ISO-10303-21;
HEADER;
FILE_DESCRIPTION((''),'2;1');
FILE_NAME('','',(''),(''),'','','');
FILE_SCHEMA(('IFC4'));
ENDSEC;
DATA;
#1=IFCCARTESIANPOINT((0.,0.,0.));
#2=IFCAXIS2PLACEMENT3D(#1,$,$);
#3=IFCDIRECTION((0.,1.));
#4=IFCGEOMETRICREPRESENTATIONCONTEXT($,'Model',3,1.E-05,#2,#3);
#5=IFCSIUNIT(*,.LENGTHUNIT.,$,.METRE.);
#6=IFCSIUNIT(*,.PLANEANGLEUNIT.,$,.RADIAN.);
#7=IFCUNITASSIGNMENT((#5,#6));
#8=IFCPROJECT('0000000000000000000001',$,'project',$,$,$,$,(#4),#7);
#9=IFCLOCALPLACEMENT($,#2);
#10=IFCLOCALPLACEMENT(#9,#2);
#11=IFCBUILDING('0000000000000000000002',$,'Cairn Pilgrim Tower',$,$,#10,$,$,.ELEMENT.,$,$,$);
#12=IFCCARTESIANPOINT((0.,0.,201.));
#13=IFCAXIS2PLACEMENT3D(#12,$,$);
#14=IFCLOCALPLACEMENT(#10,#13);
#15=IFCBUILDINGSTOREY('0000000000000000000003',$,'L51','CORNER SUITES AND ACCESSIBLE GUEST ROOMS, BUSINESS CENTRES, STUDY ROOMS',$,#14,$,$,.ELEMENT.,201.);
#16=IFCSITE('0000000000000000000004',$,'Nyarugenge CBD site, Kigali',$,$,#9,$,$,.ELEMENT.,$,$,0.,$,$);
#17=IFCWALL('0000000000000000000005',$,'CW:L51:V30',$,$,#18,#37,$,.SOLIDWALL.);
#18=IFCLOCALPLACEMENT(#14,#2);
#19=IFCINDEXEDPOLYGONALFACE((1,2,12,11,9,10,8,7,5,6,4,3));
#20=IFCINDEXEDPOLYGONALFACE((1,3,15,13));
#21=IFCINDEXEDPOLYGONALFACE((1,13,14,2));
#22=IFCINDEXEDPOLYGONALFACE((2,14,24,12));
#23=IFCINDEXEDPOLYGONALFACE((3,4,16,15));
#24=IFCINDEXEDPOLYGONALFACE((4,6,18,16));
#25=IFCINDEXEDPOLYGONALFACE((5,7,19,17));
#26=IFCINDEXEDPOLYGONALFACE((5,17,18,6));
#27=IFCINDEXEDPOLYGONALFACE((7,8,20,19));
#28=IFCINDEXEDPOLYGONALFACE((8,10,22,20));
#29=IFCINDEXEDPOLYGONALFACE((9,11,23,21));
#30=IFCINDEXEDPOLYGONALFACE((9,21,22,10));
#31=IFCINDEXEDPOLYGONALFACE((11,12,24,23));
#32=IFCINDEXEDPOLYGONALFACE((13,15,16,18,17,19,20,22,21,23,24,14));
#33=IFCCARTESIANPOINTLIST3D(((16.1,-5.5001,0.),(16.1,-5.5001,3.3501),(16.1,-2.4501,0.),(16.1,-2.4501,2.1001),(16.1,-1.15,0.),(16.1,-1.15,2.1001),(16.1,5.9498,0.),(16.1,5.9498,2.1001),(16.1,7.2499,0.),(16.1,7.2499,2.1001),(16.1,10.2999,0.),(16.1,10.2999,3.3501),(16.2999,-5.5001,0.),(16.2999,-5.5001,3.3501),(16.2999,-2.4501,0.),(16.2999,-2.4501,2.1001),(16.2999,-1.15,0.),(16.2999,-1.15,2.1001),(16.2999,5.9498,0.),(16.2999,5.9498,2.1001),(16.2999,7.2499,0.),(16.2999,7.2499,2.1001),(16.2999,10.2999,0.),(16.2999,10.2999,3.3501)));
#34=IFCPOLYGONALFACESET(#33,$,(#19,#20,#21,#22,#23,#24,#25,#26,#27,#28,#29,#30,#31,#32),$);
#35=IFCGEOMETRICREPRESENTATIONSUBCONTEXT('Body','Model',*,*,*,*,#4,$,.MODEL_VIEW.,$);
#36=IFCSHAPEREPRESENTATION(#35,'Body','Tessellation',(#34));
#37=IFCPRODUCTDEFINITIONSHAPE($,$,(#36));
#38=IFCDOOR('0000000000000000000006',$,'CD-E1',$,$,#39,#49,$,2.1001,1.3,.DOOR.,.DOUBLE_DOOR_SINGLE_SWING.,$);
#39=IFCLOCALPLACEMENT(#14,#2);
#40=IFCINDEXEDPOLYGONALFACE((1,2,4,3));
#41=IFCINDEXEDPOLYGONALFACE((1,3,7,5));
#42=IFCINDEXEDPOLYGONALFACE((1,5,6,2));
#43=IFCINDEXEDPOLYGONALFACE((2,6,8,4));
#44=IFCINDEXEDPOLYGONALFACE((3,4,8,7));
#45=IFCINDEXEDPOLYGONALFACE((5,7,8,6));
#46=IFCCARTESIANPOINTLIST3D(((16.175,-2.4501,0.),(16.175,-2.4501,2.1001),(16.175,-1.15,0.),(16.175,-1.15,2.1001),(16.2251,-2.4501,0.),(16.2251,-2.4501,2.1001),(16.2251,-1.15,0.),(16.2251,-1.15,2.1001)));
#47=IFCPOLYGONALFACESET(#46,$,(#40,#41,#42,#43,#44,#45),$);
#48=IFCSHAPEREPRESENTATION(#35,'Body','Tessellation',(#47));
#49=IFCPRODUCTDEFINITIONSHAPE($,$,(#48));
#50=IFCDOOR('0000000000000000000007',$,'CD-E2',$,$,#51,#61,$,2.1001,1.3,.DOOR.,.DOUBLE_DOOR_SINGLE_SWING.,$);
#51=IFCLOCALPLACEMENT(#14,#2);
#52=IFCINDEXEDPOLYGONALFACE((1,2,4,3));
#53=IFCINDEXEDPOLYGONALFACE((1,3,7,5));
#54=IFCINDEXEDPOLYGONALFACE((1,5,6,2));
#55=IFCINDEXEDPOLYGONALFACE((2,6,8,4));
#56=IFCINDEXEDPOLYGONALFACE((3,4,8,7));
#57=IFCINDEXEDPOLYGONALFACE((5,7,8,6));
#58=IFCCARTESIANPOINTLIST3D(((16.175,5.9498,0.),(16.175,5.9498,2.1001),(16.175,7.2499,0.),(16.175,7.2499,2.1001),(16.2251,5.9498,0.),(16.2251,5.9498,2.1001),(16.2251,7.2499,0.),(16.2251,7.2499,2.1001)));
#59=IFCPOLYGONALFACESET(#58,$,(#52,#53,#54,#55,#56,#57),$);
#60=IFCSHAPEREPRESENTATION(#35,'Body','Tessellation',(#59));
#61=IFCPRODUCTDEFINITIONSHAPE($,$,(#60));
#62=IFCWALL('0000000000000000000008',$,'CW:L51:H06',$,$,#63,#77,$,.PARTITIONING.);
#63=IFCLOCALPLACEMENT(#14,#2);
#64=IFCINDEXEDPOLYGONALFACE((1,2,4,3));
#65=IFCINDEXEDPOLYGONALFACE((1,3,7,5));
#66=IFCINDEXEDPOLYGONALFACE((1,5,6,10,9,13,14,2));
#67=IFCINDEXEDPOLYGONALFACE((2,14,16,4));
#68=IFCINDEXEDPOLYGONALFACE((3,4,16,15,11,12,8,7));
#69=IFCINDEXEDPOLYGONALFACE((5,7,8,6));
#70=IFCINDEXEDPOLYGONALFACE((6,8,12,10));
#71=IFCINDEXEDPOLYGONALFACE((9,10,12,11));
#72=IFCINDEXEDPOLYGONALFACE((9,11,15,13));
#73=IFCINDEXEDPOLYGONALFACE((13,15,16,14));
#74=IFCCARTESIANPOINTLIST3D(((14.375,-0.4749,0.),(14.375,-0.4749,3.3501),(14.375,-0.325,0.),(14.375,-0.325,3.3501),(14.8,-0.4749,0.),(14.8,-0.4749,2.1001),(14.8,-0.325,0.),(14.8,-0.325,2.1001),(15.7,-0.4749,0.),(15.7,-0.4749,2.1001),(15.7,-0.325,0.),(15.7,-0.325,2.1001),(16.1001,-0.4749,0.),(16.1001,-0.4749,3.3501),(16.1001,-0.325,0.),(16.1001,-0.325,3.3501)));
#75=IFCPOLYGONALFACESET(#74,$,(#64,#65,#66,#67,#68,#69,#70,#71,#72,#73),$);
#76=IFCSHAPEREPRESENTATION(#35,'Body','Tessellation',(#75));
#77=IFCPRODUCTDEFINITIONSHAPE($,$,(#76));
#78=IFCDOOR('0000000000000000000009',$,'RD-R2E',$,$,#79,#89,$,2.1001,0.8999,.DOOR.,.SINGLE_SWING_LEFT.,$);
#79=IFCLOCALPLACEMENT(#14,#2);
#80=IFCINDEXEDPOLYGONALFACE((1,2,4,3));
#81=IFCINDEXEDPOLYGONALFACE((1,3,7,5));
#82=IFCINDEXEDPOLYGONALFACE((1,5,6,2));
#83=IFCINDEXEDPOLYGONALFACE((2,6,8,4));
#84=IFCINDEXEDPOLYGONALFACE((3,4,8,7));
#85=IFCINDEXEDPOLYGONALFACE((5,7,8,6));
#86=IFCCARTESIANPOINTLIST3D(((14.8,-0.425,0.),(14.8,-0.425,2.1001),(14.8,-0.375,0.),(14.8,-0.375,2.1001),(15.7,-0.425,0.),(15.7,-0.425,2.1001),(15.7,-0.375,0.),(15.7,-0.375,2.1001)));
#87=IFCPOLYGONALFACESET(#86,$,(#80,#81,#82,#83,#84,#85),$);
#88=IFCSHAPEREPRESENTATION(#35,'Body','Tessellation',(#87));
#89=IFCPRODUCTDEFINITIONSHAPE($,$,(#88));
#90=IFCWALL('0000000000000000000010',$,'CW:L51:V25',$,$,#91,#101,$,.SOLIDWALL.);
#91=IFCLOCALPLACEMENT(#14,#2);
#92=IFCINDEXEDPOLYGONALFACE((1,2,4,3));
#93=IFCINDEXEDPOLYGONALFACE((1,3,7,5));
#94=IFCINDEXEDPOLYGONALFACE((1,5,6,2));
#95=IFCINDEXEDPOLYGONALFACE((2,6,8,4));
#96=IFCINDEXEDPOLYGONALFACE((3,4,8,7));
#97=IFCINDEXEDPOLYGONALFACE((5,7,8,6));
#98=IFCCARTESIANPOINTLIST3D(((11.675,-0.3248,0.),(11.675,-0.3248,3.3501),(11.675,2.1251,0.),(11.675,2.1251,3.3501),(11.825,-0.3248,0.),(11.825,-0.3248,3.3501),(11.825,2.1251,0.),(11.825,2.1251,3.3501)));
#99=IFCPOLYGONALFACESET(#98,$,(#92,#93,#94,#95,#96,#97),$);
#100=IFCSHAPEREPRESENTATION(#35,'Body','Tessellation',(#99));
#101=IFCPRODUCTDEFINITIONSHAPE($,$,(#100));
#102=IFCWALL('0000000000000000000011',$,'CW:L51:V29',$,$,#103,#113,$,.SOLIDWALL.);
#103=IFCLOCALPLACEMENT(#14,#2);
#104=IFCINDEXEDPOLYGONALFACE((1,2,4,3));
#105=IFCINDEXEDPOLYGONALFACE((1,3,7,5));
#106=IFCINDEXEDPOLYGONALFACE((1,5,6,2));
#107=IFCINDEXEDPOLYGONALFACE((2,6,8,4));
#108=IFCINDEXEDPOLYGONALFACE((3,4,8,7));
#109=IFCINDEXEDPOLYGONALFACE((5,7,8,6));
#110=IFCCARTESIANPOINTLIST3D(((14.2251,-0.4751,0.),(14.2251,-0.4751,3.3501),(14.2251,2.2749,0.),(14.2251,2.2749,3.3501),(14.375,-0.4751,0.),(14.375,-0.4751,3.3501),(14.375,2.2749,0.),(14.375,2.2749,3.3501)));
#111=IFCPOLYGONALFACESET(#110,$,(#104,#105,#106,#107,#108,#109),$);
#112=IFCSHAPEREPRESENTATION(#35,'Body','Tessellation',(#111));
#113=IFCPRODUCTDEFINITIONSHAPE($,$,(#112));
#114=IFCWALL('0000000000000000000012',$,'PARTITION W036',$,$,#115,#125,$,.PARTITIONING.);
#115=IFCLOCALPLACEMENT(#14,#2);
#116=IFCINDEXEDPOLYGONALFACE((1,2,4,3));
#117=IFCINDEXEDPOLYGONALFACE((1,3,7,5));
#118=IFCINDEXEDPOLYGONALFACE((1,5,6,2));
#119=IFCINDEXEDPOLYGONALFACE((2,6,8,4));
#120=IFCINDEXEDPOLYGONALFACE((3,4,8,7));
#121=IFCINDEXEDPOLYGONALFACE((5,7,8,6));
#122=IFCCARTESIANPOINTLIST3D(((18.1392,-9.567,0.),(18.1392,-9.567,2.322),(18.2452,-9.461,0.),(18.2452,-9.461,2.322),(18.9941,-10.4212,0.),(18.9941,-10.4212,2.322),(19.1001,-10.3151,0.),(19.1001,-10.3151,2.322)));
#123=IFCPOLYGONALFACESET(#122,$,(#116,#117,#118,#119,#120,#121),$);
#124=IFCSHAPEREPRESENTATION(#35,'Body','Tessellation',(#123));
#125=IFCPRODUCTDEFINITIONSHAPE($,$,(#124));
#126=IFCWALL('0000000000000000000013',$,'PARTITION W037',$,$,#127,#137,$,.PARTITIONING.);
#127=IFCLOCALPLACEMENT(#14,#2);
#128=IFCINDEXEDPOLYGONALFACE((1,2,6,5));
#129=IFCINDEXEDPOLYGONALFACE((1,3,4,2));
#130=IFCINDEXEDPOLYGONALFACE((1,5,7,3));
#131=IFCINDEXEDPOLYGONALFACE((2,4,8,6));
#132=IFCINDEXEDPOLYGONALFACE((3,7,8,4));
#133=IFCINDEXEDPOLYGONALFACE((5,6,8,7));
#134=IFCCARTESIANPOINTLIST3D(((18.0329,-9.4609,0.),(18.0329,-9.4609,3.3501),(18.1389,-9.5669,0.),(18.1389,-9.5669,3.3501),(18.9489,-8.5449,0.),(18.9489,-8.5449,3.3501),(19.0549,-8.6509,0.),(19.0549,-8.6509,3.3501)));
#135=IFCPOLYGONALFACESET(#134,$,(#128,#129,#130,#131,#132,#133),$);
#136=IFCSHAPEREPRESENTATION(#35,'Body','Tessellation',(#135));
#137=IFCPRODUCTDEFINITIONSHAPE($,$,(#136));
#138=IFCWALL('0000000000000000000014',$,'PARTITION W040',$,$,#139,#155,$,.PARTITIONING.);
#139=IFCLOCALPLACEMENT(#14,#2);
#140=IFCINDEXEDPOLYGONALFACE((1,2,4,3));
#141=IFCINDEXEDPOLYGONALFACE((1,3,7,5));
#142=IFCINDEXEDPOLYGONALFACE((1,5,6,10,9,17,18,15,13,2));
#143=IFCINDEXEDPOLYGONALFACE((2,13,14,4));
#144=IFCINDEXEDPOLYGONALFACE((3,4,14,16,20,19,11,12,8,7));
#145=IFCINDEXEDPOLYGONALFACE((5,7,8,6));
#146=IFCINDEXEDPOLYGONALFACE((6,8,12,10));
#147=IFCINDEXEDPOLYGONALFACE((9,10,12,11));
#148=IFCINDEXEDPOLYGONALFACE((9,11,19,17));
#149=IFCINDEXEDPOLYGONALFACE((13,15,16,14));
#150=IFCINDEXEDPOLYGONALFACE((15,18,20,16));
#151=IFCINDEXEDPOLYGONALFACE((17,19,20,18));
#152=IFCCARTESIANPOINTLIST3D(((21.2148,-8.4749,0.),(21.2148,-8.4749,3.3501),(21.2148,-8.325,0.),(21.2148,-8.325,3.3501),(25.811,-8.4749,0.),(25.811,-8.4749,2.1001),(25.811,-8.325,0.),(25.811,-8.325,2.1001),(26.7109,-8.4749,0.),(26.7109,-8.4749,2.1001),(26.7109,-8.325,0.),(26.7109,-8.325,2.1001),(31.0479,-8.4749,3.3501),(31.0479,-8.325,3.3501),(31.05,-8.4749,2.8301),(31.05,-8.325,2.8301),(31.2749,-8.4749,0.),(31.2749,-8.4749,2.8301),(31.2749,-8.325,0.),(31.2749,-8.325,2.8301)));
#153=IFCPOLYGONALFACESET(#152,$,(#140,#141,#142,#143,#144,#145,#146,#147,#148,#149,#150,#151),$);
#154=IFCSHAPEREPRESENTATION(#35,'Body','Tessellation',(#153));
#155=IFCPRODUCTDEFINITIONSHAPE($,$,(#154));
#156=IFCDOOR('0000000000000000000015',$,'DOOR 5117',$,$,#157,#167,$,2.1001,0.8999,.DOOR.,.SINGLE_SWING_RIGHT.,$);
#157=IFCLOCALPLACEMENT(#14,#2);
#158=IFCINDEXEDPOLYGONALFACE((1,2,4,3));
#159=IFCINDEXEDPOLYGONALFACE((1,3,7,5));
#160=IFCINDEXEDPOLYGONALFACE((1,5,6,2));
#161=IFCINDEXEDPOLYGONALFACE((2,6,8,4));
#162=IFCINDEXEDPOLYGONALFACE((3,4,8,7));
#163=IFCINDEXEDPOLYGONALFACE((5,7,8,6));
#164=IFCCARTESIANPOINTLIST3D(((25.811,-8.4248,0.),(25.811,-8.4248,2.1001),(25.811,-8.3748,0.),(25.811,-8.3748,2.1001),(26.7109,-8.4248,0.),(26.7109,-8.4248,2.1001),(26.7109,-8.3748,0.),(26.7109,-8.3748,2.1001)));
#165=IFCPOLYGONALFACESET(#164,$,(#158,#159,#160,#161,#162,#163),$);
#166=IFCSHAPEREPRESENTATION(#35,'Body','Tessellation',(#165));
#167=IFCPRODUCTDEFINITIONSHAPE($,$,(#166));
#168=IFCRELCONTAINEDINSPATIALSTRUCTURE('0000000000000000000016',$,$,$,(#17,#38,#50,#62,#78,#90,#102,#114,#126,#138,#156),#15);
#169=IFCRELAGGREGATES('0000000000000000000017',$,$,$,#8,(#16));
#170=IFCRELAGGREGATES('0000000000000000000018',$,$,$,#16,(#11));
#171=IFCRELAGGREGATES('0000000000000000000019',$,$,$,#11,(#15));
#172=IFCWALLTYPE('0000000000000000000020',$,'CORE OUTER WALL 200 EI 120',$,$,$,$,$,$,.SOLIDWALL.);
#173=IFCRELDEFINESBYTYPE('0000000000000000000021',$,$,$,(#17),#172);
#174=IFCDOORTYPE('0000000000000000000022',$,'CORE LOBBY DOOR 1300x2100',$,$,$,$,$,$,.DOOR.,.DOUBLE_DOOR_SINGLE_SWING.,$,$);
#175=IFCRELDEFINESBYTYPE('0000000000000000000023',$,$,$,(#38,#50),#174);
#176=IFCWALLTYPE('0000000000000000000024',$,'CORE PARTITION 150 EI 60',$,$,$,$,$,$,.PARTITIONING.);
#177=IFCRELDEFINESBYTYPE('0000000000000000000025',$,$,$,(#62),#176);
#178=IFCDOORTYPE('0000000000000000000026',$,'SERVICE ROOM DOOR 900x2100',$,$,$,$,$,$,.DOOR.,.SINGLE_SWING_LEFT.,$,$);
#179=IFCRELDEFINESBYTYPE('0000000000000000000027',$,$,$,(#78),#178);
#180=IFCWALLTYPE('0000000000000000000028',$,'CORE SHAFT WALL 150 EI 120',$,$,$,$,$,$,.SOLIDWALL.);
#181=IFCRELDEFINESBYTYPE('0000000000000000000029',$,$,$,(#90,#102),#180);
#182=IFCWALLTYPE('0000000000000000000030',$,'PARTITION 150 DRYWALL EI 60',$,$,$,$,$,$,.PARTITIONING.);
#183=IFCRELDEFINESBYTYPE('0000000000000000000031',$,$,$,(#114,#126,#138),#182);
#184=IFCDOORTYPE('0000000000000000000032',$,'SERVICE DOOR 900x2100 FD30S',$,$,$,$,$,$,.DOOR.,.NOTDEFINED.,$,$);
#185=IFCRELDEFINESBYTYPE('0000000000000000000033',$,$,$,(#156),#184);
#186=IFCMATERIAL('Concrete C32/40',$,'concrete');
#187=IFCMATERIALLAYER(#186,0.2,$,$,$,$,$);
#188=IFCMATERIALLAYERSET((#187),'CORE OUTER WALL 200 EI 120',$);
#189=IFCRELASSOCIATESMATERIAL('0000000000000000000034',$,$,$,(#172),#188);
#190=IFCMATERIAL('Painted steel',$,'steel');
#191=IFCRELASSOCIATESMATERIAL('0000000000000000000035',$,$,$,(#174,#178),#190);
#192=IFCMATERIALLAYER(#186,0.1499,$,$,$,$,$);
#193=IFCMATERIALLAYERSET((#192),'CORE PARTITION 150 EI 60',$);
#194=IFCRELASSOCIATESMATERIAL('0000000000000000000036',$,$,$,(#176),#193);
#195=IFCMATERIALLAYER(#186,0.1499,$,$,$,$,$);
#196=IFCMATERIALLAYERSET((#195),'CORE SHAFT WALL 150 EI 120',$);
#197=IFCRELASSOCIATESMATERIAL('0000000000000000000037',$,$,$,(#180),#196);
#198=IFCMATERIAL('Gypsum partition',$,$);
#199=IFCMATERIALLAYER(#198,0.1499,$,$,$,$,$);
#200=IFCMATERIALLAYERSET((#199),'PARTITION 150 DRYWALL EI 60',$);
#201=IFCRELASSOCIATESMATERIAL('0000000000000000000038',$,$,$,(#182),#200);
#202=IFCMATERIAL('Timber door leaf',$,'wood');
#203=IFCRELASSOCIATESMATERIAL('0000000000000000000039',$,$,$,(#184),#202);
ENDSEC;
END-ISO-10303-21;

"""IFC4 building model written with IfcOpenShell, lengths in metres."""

from ifc_helpers import new_model, si_unit, direction, frame, frame_2d, origin, place, context, subcontext, project, spatial, polyline, rectangle, outline, extrude, material, layer, layer_set, type_object, element, fill, save


model = new_model("IFC4")

# Units and contexts
model_context = context("Model", 3, precision=1e-05, world=origin(), true_north=direction((0.0, 1.0)))
body_context = subcontext(model_context, "Body", "Model", "MODEL_VIEW")
ifc_project = project(units=[si_unit("LENGTHUNIT", "METRE"), si_unit("PLANEANGLEUNIT", "RADIAN")], contexts=[model_context])

# Site, building, storey
site_placement = place(None, origin())
site = spatial("IfcSite", under=ifc_project, at=site_placement, Name="Nyarugenge CBD site, Kigali", CompositionType="ELEMENT", RefElevation=0.0)
building_placement = place(site_placement, origin())
building = spatial("IfcBuilding", under=site, at=building_placement, Name="Cairn Pilgrim Tower", CompositionType="ELEMENT")
storey_placement = place(building_placement, frame((0.0, 0.0, 201.0)))
storey = spatial("IfcBuildingStorey", under=building, at=storey_placement, Name="L51", Description="CORNER SUITES AND ACCESSIBLE GUEST ROOMS, BUSINESS CENTRES, STUDY ROOMS", CompositionType="ELEMENT", Elevation=201.0)

# Shared definitions
ifc_material_1 = material(Name="Concrete C32/40", Category="concrete")
ifc_layer_1 = layer(ifc_material_1, 0.2)
ifc_layer_set_1 = layer_set([ifc_layer_1], Name="CORE OUTER WALL 200 EI 120")
wall_type_1 = type_object("IfcWallType", Name="CORE OUTER WALL 200 EI 120", PredefinedType="SOLIDWALL", material=ifc_layer_set_1)

# Wall, openings, doors
wall_1_placement = place(storey_placement, frame((16.2, -5.5, 0.0), z_axis=(0.0, 0.0, 1.0), x_axis=(0.0, 1.0, 0.0)))
wall_1 = element("IfcWall", 1, at=wall_1_placement, inside=storey, type_object=wall_type_1, Name="CW:L51:V30", PredefinedType="SOLIDWALL", context=body_context, shape_type="SweptSolid", body=[
    extrude(rectangle(XDim=15.8, YDim=0.2, at=frame_2d((7.8999, 0.0))), origin(), (0.0, 0.0, 1.0), 3.3501),
])
opening_1_placement = place(wall_1_placement, frame((3.05, 0.0, 0.0)))
opening_1 = element("IfcOpeningElement", 2, at=opening_1_placement, cuts=wall_1, PredefinedType="OPENING", context=body_context, shape_type="SweptSolid", body=[
    extrude(rectangle(XDim=1.3, YDim=2.1001, at=frame_2d((0.6499, 1.05))), frame((0.0, 0.1099, 0.0), z_axis=(0.0, -1.0, 0.0), x_axis=(1.0, 0.0, 0.0)), (0.0, 0.0, 1.0), 0.22),
])
opening_2_placement = place(wall_1_placement, frame((11.45, 0.0, 0.0)))
opening_2 = element("IfcOpeningElement", 3, at=opening_2_placement, cuts=wall_1, PredefinedType="OPENING", context=body_context, shape_type="SweptSolid", body=[
    extrude(rectangle(XDim=1.3, YDim=2.1001, at=frame_2d((0.6499, 1.05))), frame((0.0, 0.1099, 0.0), z_axis=(0.0, -1.0, 0.0), x_axis=(1.0, 0.0, 0.0)), (0.0, 0.0, 1.0), 0.22),
])
ifc_material_2 = material(Name="Painted steel", Category="steel")
door_type_1 = type_object("IfcDoorType", Name="CORE LOBBY DOOR 1300x2100", OperationType="DOUBLE_DOOR_SINGLE_SWING", PredefinedType="DOOR", material=ifc_material_2)
door_1_placement = place(opening_1_placement, origin())
door_1 = element("IfcDoor", 4, at=door_1_placement, inside=storey, type_object=door_type_1, Name="CD-E1", OperationType="DOUBLE_DOOR_SINGLE_SWING", OverallHeight=2.1001, OverallWidth=1.3, PredefinedType="DOOR", context=body_context, shape_type="SweptSolid", body=[
    extrude(rectangle(XDim=1.3, YDim=2.1001, at=frame_2d((0.6499, 1.05))), frame((0.0, 0.0249, 0.0), z_axis=(0.0, -1.0, 0.0), x_axis=(1.0, 0.0, 0.0)), (0.0, 0.0, 1.0), 0.05),
])
fill(opening_1, door_1)
door_2_placement = place(opening_2_placement, origin())
door_2 = element("IfcDoor", 5, at=door_2_placement, inside=storey, type_object=door_type_1, Name="CD-E2", OperationType="DOUBLE_DOOR_SINGLE_SWING", OverallHeight=2.1001, OverallWidth=1.3, PredefinedType="DOOR", context=body_context, shape_type="SweptSolid", body=[
    extrude(rectangle(XDim=1.3, YDim=2.1001, at=frame_2d((0.6499, 1.05))), frame((0.0, 0.0249, 0.0), z_axis=(0.0, -1.0, 0.0), x_axis=(1.0, 0.0, 0.0)), (0.0, 0.0, 1.0), 0.05),
])
fill(opening_2, door_2)

# Wall, opening, door
ifc_layer_2 = layer(ifc_material_1, 0.1499)
ifc_layer_set_2 = layer_set([ifc_layer_2], Name="CORE PARTITION 150 EI 60")
wall_type_2 = type_object("IfcWallType", Name="CORE PARTITION 150 EI 60", PredefinedType="PARTITIONING", material=ifc_layer_set_2)
wall_2_placement = place(storey_placement, frame((14.375, -0.3999, 0.0), z_axis=(0.0, 0.0, 1.0), x_axis=(1.0, 0.0, 0.0)))
wall_2 = element("IfcWall", 6, at=wall_2_placement, inside=storey, type_object=wall_type_2, Name="CW:L51:H06", PredefinedType="PARTITIONING", context=body_context, shape_type="SweptSolid", body=[
    extrude(rectangle(XDim=1.7251, YDim=0.1499, at=frame_2d((0.8625, 0.0))), origin(), (0.0, 0.0, 1.0), 3.3501),
])
opening_3_placement = place(wall_2_placement, frame((0.425, 0.0, 0.0)))
opening_3 = element("IfcOpeningElement", 7, at=opening_3_placement, cuts=wall_2, PredefinedType="OPENING", context=body_context, shape_type="SweptSolid", body=[
    extrude(rectangle(XDim=0.8999, YDim=2.1001, at=frame_2d((0.45, 1.05))), frame((0.0, 0.085, 0.0), z_axis=(0.0, -1.0, 0.0), x_axis=(1.0, 0.0, 0.0)), (0.0, 0.0, 1.0), 0.1699),
])
door_type_2 = type_object("IfcDoorType", Name="SERVICE ROOM DOOR 900x2100", OperationType="SINGLE_SWING_LEFT", PredefinedType="DOOR", material=ifc_material_2)
door_3_placement = place(opening_3_placement, origin())
door_3 = element("IfcDoor", 8, at=door_3_placement, inside=storey, type_object=door_type_2, Name="RD-R2E", OperationType="SINGLE_SWING_LEFT", OverallHeight=2.1001, OverallWidth=0.8999, PredefinedType="DOOR", context=body_context, shape_type="SweptSolid", body=[
    extrude(rectangle(XDim=0.8999, YDim=2.1001, at=frame_2d((0.45, 1.05))), frame((0.0, 0.0249, 0.0), z_axis=(0.0, -1.0, 0.0), x_axis=(1.0, 0.0, 0.0)), (0.0, 0.0, 1.0), 0.05),
])
fill(opening_3, door_3)

# Walls
ifc_layer_3 = layer(ifc_material_1, 0.1499)
ifc_layer_set_3 = layer_set([ifc_layer_3], Name="CORE SHAFT WALL 150 EI 120")
wall_type_3 = type_object("IfcWallType", Name="CORE SHAFT WALL 150 EI 120", PredefinedType="SOLIDWALL", material=ifc_layer_set_3)
wall_3_placement = place(storey_placement, frame((11.75, -0.325, 0.0), z_axis=(0.0, 0.0, 1.0), x_axis=(0.0, 1.0, 0.0)))
element("IfcWall", 9, at=wall_3_placement, inside=storey, type_object=wall_type_3, Name="CW:L51:V25", PredefinedType="SOLIDWALL", context=body_context, shape_type="SweptSolid", body=[
    extrude(rectangle(XDim=2.45, YDim=0.1499, at=frame_2d((1.2251, 0.0))), origin(), (0.0, 0.0, 1.0), 3.3501),
])
wall_4_placement = place(storey_placement, frame((14.3, -0.4751, 0.0), z_axis=(0.0, 0.0, 1.0), x_axis=(0.0, 1.0, 0.0)))
element("IfcWall", 10, at=wall_4_placement, inside=storey, type_object=wall_type_3, Name="CW:L51:V29", PredefinedType="SOLIDWALL", context=body_context, shape_type="SweptSolid", body=[
    extrude(rectangle(XDim=2.75, YDim=0.1499, at=frame_2d((1.375, 0.0))), origin(), (0.0, 0.0, 1.0), 3.3501),
])
ifc_material_3 = material(Name="Gypsum partition")
ifc_layer_4 = layer(ifc_material_3, 0.1499)
ifc_layer_set_4 = layer_set([ifc_layer_4], Name="PARTITION 150 DRYWALL EI 60")
wall_type_4 = type_object("IfcWallType", Name="PARTITION 150 DRYWALL EI 60", PredefinedType="PARTITIONING", material=ifc_layer_set_4)
wall_5_placement = place(storey_placement, frame((19.0471, -10.3682, 0.0), z_axis=(0.0, 0.0, 1.0), x_axis=(-0.70741, 0.706804, 0.0)))
element("IfcWall", 11, at=wall_5_placement, inside=storey, type_object=wall_type_4, Name="PARTITION W036", PredefinedType="PARTITIONING", context=body_context, shape_type="SweptSolid", body=[
    extrude(rectangle(XDim=1.2085, YDim=0.1499, at=frame_2d((0.6042, 0.0))), origin(), (0.0, 0.0, 1.0), 2.322),
])
wall_6_placement = place(storey_placement, frame((18.0859, -9.5139, 0.0), z_axis=(0.0, 0.0, 1.0), x_axis=(0.707107, 0.707107, 0.0)))
element("IfcWall", 12, at=wall_6_placement, inside=storey, type_object=wall_type_4, Name="PARTITION W037", PredefinedType="PARTITIONING", context=body_context, shape_type="SweptSolid", body=[
    extrude(rectangle(XDim=1.2954, YDim=0.1499, at=frame_2d((0.6477, 0.0))), origin(), (0.0, 0.0, 1.0), 3.3501),
])

# Wall, opening, door
wall_7_placement = place(storey_placement, frame((21.2148, -8.3999, 0.0), z_axis=(0.0, 0.0, 1.0), x_axis=(1.0, 0.0, 0.0)))
wall_7 = element("IfcWall", 13, at=wall_7_placement, inside=storey, type_object=wall_type_4, Name="PARTITION W040", PredefinedType="PARTITIONING", context=body_context, shape_type="SweptSolid", body=[
    extrude(outline(polyline([(0.0, 0.0), (10.0601, 0.0), (10.0601, 2.8301), (9.8352, 2.8301), (9.833, 3.3501), (0.0, 3.3501), (0.0, 0.0)])), frame((0.0, 0.075, 0.0), z_axis=(0.0, -1.0, 0.0), x_axis=(1.0, 0.0, 0.0)), (0.0, 0.0, 1.0), 0.1499),
])
opening_4_placement = place(wall_7_placement, frame((4.5962, 0.0, 0.0)))
opening_4 = element("IfcOpeningElement", 14, at=opening_4_placement, cuts=wall_7, PredefinedType="OPENING", context=body_context, shape_type="SweptSolid", body=[
    extrude(rectangle(XDim=0.8999, YDim=2.1001, at=frame_2d((0.45, 1.05))), frame((0.0, 0.085, 0.0), z_axis=(0.0, -1.0, 0.0), x_axis=(1.0, 0.0, 0.0)), (0.0, 0.0, 1.0), 0.1699),
])
ifc_material_4 = material(Name="Timber door leaf", Category="wood")
door_type_3 = type_object("IfcDoorType", Name="SERVICE DOOR 900x2100 FD30S", OperationType="NOTDEFINED", PredefinedType="DOOR", material=ifc_material_4)
door_4_placement = place(opening_4_placement, frame((0.8999, 0.0, 0.0), z_axis=(0.0, 0.0, 1.0), x_axis=(-1.0, 0.0, 0.0)))
door_4 = element("IfcDoor", 15, at=door_4_placement, inside=storey, type_object=door_type_3, Name="DOOR 5117", OperationType="SINGLE_SWING_RIGHT", OverallHeight=2.1001, OverallWidth=0.8999, PredefinedType="DOOR", context=body_context, shape_type="SweptSolid", body=[
    extrude(rectangle(XDim=0.8999, YDim=2.1001, at=frame_2d((0.45, 1.05))), frame((0.0, 0.0249, 0.0), z_axis=(0.0, -1.0, 0.0), x_axis=(1.0, 0.0, 0.0)), (0.0, 0.0, 1.0), 0.05),
])
fill(opening_4, door_4)

save(model, "model.ifc")
